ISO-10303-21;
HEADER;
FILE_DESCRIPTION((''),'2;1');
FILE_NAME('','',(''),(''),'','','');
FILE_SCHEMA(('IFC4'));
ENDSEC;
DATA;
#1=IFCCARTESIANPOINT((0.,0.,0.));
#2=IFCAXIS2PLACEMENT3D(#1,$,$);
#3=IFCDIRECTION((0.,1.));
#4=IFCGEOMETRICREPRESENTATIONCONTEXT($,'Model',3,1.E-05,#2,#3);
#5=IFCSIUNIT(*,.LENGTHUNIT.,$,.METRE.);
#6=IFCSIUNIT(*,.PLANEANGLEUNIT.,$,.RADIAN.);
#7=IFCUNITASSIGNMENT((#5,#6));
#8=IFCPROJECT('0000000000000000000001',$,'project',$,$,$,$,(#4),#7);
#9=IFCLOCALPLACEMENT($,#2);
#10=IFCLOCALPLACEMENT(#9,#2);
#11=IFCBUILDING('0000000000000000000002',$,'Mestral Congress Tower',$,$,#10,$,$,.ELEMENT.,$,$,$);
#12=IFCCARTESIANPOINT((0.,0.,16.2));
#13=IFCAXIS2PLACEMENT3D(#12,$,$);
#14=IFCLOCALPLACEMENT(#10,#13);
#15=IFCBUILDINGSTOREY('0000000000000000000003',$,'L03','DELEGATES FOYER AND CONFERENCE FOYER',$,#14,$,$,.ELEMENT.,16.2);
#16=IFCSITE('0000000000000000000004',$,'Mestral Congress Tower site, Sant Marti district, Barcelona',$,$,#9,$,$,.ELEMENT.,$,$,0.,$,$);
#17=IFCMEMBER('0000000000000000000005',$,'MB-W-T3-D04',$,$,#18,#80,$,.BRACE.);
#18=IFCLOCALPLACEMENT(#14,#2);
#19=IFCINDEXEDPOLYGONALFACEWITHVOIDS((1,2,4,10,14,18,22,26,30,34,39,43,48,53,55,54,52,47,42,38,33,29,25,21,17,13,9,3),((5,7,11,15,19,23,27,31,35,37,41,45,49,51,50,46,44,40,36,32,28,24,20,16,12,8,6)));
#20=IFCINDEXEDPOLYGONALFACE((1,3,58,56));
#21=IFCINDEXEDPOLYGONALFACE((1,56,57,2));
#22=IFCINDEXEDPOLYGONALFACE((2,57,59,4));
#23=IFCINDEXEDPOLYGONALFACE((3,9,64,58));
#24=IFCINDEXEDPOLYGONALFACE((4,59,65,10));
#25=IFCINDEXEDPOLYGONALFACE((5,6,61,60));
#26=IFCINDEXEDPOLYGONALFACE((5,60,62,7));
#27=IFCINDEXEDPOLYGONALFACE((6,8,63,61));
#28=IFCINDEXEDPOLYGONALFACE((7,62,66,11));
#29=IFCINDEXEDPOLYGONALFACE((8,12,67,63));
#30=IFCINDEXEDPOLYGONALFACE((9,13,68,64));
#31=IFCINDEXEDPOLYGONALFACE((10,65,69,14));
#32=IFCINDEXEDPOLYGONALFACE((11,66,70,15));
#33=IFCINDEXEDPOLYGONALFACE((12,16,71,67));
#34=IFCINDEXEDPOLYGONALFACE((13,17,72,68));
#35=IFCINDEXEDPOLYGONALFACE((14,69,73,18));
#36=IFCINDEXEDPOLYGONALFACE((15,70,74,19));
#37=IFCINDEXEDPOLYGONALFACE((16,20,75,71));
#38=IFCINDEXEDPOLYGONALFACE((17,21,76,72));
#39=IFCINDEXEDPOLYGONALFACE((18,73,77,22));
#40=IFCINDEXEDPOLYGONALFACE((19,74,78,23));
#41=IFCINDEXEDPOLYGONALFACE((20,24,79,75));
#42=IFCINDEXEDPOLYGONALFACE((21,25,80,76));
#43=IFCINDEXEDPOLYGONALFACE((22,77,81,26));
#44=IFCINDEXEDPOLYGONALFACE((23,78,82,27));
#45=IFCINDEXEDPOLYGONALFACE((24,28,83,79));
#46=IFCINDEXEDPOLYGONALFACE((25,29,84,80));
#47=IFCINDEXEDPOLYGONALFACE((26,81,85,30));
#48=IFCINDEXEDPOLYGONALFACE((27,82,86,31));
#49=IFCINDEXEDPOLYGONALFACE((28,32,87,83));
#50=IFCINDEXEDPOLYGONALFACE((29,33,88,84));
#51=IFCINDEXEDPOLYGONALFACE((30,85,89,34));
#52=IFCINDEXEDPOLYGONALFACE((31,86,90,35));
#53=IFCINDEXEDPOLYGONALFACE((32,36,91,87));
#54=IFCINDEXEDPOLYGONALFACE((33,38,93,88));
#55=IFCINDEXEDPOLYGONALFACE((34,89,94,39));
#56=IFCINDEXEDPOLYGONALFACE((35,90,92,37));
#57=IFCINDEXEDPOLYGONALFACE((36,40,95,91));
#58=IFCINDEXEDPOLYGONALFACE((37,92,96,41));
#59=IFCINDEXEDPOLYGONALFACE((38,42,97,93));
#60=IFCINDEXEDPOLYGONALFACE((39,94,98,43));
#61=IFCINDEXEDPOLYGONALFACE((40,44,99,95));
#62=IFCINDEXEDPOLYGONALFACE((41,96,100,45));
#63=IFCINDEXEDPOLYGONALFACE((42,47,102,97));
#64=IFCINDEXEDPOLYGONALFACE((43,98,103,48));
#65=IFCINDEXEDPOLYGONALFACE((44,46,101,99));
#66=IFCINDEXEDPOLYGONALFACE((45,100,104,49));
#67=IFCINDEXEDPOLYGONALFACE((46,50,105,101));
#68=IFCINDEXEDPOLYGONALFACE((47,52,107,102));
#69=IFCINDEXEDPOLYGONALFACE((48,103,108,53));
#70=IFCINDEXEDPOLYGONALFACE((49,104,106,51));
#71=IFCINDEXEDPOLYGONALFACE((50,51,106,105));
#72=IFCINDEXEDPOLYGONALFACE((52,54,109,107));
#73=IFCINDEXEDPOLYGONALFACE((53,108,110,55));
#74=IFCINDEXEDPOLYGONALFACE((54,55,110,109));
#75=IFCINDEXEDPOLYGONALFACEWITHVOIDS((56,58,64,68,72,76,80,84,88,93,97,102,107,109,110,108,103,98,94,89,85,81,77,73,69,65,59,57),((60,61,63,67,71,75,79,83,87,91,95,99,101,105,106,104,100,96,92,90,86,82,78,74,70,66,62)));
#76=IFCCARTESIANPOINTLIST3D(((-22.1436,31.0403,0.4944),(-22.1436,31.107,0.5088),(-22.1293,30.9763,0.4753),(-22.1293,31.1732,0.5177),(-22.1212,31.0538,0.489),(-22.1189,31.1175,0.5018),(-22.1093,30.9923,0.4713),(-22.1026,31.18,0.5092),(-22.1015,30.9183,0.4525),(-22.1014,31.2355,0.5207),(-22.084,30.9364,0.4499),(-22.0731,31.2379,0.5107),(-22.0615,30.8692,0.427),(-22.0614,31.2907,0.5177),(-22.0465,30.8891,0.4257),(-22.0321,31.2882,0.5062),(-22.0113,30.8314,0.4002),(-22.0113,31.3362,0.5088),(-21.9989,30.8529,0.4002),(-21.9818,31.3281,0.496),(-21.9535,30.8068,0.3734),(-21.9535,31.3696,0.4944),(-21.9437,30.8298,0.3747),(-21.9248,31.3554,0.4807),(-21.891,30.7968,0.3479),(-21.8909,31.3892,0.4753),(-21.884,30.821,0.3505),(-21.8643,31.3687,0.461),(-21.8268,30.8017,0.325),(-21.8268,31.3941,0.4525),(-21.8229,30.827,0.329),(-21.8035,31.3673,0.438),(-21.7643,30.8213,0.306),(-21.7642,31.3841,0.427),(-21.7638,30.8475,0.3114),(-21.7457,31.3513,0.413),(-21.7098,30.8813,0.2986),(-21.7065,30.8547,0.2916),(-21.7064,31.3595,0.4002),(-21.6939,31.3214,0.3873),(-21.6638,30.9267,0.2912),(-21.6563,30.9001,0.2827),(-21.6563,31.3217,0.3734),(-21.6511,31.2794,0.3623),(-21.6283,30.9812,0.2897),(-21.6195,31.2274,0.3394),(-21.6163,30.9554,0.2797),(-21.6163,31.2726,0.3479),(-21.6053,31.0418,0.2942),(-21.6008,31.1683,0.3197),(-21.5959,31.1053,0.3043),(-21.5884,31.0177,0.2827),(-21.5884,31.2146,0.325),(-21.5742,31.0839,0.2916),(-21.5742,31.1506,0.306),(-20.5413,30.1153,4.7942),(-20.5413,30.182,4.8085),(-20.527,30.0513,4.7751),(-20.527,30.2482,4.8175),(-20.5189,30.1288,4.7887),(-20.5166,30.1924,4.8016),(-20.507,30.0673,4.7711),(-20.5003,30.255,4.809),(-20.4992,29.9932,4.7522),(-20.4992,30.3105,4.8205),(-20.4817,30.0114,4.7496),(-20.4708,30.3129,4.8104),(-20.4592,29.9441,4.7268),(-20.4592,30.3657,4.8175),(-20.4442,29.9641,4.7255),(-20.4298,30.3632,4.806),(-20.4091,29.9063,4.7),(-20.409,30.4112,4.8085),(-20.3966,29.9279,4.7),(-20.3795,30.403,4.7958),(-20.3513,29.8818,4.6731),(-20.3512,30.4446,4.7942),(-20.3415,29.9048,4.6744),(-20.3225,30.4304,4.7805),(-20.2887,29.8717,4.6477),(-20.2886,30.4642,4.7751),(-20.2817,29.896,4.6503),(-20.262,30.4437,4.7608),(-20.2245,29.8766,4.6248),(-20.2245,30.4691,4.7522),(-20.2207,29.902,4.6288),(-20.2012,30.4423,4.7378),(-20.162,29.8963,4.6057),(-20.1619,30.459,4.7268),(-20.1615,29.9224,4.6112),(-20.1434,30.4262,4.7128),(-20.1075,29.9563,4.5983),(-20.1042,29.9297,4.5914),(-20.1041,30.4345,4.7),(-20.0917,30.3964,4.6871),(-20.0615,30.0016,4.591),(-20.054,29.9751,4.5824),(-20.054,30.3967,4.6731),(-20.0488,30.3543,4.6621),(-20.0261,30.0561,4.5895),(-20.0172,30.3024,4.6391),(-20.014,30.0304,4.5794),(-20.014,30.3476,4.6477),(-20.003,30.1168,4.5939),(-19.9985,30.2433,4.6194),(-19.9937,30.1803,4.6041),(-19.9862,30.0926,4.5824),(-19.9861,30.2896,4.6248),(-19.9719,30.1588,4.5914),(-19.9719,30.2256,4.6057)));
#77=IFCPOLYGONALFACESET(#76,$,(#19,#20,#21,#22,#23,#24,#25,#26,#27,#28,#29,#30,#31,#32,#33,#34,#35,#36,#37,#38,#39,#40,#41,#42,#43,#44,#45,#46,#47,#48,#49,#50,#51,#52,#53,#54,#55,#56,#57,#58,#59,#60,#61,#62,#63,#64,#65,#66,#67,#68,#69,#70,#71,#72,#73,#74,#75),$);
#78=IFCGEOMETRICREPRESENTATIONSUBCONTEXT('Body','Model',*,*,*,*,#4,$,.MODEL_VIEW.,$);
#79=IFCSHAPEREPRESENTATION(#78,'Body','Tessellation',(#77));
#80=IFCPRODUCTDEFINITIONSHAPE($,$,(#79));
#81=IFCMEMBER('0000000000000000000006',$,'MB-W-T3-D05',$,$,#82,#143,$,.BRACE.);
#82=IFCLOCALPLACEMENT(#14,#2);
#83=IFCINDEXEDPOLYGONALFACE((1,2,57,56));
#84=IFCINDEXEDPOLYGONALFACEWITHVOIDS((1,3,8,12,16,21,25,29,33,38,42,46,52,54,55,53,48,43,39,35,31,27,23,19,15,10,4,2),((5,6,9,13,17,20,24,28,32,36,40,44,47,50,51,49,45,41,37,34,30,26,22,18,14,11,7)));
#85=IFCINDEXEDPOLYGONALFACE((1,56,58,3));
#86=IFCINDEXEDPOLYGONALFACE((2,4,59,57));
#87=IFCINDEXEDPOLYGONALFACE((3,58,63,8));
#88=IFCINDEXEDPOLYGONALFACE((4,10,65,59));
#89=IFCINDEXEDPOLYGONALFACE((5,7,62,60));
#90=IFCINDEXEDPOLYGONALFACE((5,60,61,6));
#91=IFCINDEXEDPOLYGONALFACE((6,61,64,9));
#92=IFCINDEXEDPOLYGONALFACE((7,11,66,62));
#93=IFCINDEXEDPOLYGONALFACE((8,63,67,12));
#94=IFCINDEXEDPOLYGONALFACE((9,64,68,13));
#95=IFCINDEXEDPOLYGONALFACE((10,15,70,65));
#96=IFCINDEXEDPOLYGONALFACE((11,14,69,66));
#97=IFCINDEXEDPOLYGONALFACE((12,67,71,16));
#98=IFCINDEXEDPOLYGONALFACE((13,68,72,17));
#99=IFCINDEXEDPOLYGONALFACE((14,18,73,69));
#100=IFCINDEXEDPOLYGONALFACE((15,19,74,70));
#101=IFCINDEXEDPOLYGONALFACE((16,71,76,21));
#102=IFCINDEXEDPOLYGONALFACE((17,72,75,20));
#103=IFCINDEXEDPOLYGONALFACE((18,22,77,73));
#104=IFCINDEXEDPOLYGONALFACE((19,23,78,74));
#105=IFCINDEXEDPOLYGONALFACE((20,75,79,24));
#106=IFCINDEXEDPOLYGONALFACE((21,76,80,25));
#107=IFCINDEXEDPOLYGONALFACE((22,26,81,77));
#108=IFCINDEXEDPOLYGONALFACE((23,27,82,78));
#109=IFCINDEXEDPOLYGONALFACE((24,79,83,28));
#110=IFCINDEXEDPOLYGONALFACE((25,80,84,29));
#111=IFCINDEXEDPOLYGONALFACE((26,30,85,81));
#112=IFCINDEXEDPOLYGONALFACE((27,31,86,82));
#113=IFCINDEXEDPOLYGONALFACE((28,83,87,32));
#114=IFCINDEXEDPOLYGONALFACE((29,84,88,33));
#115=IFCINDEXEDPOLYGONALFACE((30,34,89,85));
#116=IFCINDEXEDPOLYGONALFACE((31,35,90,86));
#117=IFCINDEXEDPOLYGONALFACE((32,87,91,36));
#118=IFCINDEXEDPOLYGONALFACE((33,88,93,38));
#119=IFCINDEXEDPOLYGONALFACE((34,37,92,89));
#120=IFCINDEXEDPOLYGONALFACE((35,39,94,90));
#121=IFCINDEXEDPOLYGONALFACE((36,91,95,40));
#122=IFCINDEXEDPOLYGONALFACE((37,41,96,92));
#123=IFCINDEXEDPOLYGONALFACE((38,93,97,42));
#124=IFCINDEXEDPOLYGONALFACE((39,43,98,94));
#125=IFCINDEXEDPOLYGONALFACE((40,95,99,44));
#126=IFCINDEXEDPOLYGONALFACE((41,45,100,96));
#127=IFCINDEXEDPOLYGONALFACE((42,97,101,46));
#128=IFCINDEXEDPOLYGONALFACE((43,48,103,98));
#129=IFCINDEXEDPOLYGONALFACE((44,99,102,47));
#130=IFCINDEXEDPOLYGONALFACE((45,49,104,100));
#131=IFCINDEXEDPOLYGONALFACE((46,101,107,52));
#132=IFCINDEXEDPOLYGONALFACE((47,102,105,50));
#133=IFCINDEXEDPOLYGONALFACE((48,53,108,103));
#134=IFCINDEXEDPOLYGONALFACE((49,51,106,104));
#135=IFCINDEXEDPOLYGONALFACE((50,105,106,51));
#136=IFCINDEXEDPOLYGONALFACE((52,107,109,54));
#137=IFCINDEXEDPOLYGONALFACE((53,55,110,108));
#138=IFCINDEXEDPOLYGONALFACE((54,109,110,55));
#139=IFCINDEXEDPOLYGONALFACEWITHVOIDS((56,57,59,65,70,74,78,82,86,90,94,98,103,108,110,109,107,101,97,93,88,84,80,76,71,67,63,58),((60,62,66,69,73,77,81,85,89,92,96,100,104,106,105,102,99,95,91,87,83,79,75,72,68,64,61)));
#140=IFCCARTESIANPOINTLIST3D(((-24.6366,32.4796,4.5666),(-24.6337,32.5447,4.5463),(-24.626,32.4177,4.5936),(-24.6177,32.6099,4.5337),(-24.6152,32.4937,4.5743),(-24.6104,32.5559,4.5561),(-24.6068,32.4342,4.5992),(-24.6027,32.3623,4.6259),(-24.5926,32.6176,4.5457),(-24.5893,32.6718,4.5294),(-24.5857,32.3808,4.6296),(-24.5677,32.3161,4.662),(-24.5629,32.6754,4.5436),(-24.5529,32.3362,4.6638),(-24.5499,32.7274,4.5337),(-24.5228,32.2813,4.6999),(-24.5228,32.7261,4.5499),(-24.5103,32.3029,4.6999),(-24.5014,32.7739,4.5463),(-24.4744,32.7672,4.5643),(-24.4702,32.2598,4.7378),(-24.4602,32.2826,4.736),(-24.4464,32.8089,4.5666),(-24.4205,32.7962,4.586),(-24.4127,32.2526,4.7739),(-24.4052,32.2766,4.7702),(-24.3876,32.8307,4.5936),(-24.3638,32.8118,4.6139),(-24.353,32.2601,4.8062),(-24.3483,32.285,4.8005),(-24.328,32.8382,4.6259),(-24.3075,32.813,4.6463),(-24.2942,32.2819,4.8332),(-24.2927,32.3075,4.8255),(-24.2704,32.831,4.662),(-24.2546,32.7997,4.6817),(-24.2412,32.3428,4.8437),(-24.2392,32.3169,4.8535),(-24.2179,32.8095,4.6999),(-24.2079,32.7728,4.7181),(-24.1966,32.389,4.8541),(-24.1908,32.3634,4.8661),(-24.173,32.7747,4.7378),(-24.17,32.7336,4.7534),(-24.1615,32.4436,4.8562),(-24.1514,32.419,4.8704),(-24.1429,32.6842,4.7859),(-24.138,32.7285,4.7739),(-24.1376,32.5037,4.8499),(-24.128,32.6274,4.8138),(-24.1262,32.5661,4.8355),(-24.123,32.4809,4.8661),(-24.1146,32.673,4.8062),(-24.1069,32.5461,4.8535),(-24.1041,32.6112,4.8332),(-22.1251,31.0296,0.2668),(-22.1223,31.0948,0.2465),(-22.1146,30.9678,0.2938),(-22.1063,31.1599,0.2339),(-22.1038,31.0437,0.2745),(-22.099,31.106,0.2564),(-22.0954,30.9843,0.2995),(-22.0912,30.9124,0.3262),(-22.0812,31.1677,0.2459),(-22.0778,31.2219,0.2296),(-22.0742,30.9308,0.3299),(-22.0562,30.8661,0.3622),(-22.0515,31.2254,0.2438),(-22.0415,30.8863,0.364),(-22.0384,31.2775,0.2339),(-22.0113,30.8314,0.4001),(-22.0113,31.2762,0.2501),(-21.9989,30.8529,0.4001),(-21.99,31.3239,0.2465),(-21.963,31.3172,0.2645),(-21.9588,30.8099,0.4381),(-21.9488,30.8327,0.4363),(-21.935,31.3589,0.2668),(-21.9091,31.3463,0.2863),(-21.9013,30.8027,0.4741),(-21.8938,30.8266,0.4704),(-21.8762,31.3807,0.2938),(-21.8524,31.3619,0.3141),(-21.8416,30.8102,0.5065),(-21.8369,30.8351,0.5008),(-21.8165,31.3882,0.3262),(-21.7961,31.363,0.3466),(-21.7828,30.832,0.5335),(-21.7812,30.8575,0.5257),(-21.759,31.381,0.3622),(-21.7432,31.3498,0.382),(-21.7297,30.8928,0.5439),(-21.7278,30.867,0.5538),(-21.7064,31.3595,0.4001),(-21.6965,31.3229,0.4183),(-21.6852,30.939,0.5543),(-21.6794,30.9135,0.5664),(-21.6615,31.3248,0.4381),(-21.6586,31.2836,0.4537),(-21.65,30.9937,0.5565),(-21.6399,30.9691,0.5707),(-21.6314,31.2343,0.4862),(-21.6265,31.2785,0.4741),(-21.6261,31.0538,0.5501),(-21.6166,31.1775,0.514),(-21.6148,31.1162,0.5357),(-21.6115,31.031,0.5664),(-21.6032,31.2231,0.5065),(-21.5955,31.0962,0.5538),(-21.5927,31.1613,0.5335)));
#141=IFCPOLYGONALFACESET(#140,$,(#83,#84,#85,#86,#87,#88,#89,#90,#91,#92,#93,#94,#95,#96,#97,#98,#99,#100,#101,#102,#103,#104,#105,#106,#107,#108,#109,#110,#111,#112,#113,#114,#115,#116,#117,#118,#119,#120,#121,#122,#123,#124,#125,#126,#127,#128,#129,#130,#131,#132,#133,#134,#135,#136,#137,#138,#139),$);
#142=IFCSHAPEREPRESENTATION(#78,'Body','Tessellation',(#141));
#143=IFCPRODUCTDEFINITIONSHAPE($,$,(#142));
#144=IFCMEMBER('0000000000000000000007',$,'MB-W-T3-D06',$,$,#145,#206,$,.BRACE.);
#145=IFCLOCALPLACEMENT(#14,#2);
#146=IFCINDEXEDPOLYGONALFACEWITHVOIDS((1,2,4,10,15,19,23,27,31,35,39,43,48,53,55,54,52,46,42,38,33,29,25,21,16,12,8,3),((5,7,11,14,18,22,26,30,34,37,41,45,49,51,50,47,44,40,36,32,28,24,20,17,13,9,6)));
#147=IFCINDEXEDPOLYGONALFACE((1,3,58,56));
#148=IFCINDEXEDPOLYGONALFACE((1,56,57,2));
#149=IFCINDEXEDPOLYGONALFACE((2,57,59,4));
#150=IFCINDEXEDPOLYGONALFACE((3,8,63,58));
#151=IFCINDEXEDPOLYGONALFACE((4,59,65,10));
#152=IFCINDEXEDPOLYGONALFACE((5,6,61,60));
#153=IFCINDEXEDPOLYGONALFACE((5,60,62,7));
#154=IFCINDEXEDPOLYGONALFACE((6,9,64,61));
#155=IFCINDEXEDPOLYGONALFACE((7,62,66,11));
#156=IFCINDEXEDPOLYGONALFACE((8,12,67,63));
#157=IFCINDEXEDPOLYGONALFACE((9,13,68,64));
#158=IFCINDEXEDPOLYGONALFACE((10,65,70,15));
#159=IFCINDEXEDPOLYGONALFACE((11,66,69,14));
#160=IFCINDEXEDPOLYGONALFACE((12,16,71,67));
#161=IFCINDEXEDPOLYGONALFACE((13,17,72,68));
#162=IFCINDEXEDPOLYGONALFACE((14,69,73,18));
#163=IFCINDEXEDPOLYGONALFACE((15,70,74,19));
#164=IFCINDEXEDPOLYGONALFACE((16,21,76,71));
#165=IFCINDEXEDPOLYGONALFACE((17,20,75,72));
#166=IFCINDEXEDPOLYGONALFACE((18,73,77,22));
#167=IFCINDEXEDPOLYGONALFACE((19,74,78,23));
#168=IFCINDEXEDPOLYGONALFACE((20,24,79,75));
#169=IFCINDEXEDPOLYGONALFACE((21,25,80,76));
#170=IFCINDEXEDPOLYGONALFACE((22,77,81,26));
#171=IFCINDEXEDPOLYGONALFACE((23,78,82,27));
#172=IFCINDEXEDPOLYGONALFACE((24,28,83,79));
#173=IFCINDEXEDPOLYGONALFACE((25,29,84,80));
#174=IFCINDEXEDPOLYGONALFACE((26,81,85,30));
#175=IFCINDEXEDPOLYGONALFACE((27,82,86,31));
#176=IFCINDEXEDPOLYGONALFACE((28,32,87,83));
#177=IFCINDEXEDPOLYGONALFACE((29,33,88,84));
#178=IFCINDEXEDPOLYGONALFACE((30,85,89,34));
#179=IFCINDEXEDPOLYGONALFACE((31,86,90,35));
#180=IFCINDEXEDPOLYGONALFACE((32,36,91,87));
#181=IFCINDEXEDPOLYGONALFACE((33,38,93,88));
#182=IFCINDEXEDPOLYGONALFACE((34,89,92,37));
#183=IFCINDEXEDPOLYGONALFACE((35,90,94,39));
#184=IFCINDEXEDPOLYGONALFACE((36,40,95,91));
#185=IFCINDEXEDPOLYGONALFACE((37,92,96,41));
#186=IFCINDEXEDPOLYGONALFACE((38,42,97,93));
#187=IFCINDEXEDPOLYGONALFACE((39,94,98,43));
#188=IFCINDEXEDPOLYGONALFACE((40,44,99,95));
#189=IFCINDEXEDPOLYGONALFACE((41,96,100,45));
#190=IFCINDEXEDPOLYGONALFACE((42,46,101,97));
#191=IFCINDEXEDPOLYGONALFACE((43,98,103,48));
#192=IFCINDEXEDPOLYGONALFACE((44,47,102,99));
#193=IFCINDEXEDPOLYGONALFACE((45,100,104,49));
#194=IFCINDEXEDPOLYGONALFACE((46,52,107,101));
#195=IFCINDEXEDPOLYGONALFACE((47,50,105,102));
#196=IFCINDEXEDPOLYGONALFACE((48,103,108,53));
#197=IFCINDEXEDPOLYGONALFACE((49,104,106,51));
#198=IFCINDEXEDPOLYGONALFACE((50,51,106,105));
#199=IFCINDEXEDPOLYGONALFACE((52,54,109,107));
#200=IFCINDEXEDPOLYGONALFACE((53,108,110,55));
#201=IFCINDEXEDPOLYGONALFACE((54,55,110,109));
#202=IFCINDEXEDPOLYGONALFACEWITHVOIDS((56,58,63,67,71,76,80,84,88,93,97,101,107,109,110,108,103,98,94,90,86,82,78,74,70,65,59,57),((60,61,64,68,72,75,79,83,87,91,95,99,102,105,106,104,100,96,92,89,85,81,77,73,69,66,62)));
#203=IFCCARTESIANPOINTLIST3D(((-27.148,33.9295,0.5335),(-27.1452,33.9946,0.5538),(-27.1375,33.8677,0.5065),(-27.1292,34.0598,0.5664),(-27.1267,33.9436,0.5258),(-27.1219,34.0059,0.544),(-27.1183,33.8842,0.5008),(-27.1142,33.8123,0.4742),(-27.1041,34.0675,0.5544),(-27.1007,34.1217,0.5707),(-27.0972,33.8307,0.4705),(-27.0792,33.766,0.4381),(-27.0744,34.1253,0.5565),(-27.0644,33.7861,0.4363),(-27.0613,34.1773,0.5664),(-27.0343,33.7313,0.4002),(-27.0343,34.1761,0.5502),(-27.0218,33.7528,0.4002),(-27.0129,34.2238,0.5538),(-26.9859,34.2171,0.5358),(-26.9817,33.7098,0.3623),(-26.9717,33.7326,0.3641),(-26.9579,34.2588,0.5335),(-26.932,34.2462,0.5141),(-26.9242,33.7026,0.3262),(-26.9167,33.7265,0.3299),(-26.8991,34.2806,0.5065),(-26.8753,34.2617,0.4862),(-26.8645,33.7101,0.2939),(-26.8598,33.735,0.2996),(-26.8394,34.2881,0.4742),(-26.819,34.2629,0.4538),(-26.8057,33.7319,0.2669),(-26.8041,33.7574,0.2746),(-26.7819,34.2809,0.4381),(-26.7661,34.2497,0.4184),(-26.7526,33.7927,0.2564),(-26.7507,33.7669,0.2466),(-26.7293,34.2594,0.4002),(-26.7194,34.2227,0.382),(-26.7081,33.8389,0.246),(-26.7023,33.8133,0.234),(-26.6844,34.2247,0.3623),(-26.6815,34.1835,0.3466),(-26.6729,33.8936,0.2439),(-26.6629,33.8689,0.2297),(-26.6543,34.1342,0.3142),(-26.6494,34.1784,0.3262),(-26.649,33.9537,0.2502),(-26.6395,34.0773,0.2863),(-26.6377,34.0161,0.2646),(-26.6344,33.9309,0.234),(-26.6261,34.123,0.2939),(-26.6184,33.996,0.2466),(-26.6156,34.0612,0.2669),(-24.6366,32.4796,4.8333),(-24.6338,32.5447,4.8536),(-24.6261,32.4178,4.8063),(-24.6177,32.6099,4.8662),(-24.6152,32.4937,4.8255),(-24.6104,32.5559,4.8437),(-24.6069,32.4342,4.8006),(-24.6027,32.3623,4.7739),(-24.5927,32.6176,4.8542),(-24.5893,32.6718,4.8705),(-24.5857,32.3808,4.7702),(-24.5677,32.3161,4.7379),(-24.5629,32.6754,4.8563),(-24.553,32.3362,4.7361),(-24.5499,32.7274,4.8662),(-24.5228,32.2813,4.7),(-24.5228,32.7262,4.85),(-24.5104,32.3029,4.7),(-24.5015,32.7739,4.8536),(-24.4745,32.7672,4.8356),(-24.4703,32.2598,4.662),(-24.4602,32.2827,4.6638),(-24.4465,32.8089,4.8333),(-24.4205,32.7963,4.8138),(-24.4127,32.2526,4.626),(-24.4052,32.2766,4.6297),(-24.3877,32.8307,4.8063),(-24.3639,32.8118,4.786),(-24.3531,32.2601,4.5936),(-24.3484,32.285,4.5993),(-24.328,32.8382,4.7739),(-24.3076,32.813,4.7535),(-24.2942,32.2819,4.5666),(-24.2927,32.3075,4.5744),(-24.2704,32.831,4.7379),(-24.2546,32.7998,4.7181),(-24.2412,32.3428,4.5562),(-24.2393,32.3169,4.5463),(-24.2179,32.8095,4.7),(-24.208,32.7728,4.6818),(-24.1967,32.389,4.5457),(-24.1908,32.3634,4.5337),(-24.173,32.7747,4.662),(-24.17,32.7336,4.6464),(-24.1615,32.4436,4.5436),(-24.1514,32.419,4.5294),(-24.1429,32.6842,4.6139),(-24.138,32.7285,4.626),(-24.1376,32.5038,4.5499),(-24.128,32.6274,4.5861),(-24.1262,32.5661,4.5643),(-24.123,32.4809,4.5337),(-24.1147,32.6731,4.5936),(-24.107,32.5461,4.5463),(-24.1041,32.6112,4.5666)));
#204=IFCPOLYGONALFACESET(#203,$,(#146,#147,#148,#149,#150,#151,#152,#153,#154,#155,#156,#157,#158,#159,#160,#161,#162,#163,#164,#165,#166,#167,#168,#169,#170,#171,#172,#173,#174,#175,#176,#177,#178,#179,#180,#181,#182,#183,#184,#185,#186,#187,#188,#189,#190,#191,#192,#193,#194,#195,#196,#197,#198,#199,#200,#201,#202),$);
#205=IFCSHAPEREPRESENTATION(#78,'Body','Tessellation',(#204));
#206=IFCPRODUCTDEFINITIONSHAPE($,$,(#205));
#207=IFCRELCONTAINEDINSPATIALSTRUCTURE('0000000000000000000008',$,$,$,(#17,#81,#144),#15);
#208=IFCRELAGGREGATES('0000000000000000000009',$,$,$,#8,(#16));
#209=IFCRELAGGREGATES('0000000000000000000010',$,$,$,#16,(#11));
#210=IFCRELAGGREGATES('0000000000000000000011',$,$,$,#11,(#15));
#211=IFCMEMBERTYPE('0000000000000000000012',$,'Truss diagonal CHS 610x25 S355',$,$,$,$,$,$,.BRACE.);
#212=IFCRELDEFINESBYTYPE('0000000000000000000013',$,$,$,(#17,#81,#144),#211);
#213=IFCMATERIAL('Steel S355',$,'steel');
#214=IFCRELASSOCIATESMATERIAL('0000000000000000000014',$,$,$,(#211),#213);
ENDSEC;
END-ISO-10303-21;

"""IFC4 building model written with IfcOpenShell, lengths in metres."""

from ifc_helpers import new_model, si_unit, direction, frame, origin, origin_2d, place, context, subcontext, project, spatial, hollow_circle, extrude, material, material_profile, profile_set, type_object, element, save


model = new_model("IFC4")

# Units and contexts
model_context = context("Model", 3, precision=1e-05, world=origin(), true_north=direction((0.0, 1.0)))
body_context = subcontext(model_context, "Body", "Model", "MODEL_VIEW")
ifc_project = project(units=[si_unit("LENGTHUNIT", "METRE"), si_unit("PLANEANGLEUNIT", "RADIAN")], contexts=[model_context])

# Site, building, storey
site_placement = place(None, origin())
site = spatial("IfcSite", under=ifc_project, at=site_placement, Name="Mestral Congress Tower site, Sant Marti district, Barcelona", CompositionType="ELEMENT", RefElevation=0.0)
building_placement = place(site_placement, origin())
building = spatial("IfcBuilding", under=site, at=building_placement, Name="Mestral Congress Tower", CompositionType="ELEMENT")
storey_placement = place(building_placement, frame((0.0, 0.0, 16.2)))
storey = spatial("IfcBuildingStorey", under=building, at=storey_placement, Name="L03", Description="DELEGATES FOYER AND CONFERENCE FOYER", CompositionType="ELEMENT", Elevation=16.2)

# Members
ifc_material = material(Name="Steel S355", Category="steel")
ifc_material_profile_1 = material_profile(ifc_material, hollow_circle(Radius=0.3049, WallThickness=0.0249, at=origin_2d()), Name="CHS 610x25")
ifc_profile_set_1 = profile_set([ifc_material_profile_1], Name="Steel S355")
member_type_1 = type_object("IfcMemberType", Name="Truss diagonal CHS 610x25 S355", PredefinedType="BRACE", material=ifc_profile_set_1)
member_1_placement = place(storey_placement, frame((-20.2566, 30.1704, 4.7), z_axis=(-0.342301, 0.197619, -0.918573), x_axis=(-0.499985, -0.866034, 0.0)))
element("IfcMember", 1, at=member_1_placement, inside=storey, type_object=member_type_1, Name="MB-W-T3-D04", PredefinedType="BRACE", context=body_context, shape_type="SweptSolid", body=[
    extrude(hollow_circle(Radius=0.3049, WallThickness=0.0249, at=origin_2d()), origin(), (0.0, 0.0, 1.0), 4.6809),
])
for number, where, z_axis, x_axis, name in (
    (2, (-21.8589, 31.0955, 0.4001), (-0.484247, 0.279571, 0.829062), (-0.499987, -0.866033, 0.0), "MB-W-T3-D05"),
    (3, (-24.3704, 32.5454, 4.7), (-0.484247, 0.279571, -0.829062), (-0.499987, -0.866033, 0.0), "MB-W-T3-D06"),
):
    element("IfcMember", number, at=place(storey_placement, frame(where, z_axis=z_axis, x_axis=x_axis)), inside=storey, type_object=member_type_1, Name=name, PredefinedType="BRACE", context=body_context, shape_type="SweptSolid", body=[
        extrude(hollow_circle(Radius=0.3049, WallThickness=0.0249, at=origin_2d()), origin(), (0.0, 0.0, 1.0), 5.1863),
    ])

save(model, "model.ifc")
